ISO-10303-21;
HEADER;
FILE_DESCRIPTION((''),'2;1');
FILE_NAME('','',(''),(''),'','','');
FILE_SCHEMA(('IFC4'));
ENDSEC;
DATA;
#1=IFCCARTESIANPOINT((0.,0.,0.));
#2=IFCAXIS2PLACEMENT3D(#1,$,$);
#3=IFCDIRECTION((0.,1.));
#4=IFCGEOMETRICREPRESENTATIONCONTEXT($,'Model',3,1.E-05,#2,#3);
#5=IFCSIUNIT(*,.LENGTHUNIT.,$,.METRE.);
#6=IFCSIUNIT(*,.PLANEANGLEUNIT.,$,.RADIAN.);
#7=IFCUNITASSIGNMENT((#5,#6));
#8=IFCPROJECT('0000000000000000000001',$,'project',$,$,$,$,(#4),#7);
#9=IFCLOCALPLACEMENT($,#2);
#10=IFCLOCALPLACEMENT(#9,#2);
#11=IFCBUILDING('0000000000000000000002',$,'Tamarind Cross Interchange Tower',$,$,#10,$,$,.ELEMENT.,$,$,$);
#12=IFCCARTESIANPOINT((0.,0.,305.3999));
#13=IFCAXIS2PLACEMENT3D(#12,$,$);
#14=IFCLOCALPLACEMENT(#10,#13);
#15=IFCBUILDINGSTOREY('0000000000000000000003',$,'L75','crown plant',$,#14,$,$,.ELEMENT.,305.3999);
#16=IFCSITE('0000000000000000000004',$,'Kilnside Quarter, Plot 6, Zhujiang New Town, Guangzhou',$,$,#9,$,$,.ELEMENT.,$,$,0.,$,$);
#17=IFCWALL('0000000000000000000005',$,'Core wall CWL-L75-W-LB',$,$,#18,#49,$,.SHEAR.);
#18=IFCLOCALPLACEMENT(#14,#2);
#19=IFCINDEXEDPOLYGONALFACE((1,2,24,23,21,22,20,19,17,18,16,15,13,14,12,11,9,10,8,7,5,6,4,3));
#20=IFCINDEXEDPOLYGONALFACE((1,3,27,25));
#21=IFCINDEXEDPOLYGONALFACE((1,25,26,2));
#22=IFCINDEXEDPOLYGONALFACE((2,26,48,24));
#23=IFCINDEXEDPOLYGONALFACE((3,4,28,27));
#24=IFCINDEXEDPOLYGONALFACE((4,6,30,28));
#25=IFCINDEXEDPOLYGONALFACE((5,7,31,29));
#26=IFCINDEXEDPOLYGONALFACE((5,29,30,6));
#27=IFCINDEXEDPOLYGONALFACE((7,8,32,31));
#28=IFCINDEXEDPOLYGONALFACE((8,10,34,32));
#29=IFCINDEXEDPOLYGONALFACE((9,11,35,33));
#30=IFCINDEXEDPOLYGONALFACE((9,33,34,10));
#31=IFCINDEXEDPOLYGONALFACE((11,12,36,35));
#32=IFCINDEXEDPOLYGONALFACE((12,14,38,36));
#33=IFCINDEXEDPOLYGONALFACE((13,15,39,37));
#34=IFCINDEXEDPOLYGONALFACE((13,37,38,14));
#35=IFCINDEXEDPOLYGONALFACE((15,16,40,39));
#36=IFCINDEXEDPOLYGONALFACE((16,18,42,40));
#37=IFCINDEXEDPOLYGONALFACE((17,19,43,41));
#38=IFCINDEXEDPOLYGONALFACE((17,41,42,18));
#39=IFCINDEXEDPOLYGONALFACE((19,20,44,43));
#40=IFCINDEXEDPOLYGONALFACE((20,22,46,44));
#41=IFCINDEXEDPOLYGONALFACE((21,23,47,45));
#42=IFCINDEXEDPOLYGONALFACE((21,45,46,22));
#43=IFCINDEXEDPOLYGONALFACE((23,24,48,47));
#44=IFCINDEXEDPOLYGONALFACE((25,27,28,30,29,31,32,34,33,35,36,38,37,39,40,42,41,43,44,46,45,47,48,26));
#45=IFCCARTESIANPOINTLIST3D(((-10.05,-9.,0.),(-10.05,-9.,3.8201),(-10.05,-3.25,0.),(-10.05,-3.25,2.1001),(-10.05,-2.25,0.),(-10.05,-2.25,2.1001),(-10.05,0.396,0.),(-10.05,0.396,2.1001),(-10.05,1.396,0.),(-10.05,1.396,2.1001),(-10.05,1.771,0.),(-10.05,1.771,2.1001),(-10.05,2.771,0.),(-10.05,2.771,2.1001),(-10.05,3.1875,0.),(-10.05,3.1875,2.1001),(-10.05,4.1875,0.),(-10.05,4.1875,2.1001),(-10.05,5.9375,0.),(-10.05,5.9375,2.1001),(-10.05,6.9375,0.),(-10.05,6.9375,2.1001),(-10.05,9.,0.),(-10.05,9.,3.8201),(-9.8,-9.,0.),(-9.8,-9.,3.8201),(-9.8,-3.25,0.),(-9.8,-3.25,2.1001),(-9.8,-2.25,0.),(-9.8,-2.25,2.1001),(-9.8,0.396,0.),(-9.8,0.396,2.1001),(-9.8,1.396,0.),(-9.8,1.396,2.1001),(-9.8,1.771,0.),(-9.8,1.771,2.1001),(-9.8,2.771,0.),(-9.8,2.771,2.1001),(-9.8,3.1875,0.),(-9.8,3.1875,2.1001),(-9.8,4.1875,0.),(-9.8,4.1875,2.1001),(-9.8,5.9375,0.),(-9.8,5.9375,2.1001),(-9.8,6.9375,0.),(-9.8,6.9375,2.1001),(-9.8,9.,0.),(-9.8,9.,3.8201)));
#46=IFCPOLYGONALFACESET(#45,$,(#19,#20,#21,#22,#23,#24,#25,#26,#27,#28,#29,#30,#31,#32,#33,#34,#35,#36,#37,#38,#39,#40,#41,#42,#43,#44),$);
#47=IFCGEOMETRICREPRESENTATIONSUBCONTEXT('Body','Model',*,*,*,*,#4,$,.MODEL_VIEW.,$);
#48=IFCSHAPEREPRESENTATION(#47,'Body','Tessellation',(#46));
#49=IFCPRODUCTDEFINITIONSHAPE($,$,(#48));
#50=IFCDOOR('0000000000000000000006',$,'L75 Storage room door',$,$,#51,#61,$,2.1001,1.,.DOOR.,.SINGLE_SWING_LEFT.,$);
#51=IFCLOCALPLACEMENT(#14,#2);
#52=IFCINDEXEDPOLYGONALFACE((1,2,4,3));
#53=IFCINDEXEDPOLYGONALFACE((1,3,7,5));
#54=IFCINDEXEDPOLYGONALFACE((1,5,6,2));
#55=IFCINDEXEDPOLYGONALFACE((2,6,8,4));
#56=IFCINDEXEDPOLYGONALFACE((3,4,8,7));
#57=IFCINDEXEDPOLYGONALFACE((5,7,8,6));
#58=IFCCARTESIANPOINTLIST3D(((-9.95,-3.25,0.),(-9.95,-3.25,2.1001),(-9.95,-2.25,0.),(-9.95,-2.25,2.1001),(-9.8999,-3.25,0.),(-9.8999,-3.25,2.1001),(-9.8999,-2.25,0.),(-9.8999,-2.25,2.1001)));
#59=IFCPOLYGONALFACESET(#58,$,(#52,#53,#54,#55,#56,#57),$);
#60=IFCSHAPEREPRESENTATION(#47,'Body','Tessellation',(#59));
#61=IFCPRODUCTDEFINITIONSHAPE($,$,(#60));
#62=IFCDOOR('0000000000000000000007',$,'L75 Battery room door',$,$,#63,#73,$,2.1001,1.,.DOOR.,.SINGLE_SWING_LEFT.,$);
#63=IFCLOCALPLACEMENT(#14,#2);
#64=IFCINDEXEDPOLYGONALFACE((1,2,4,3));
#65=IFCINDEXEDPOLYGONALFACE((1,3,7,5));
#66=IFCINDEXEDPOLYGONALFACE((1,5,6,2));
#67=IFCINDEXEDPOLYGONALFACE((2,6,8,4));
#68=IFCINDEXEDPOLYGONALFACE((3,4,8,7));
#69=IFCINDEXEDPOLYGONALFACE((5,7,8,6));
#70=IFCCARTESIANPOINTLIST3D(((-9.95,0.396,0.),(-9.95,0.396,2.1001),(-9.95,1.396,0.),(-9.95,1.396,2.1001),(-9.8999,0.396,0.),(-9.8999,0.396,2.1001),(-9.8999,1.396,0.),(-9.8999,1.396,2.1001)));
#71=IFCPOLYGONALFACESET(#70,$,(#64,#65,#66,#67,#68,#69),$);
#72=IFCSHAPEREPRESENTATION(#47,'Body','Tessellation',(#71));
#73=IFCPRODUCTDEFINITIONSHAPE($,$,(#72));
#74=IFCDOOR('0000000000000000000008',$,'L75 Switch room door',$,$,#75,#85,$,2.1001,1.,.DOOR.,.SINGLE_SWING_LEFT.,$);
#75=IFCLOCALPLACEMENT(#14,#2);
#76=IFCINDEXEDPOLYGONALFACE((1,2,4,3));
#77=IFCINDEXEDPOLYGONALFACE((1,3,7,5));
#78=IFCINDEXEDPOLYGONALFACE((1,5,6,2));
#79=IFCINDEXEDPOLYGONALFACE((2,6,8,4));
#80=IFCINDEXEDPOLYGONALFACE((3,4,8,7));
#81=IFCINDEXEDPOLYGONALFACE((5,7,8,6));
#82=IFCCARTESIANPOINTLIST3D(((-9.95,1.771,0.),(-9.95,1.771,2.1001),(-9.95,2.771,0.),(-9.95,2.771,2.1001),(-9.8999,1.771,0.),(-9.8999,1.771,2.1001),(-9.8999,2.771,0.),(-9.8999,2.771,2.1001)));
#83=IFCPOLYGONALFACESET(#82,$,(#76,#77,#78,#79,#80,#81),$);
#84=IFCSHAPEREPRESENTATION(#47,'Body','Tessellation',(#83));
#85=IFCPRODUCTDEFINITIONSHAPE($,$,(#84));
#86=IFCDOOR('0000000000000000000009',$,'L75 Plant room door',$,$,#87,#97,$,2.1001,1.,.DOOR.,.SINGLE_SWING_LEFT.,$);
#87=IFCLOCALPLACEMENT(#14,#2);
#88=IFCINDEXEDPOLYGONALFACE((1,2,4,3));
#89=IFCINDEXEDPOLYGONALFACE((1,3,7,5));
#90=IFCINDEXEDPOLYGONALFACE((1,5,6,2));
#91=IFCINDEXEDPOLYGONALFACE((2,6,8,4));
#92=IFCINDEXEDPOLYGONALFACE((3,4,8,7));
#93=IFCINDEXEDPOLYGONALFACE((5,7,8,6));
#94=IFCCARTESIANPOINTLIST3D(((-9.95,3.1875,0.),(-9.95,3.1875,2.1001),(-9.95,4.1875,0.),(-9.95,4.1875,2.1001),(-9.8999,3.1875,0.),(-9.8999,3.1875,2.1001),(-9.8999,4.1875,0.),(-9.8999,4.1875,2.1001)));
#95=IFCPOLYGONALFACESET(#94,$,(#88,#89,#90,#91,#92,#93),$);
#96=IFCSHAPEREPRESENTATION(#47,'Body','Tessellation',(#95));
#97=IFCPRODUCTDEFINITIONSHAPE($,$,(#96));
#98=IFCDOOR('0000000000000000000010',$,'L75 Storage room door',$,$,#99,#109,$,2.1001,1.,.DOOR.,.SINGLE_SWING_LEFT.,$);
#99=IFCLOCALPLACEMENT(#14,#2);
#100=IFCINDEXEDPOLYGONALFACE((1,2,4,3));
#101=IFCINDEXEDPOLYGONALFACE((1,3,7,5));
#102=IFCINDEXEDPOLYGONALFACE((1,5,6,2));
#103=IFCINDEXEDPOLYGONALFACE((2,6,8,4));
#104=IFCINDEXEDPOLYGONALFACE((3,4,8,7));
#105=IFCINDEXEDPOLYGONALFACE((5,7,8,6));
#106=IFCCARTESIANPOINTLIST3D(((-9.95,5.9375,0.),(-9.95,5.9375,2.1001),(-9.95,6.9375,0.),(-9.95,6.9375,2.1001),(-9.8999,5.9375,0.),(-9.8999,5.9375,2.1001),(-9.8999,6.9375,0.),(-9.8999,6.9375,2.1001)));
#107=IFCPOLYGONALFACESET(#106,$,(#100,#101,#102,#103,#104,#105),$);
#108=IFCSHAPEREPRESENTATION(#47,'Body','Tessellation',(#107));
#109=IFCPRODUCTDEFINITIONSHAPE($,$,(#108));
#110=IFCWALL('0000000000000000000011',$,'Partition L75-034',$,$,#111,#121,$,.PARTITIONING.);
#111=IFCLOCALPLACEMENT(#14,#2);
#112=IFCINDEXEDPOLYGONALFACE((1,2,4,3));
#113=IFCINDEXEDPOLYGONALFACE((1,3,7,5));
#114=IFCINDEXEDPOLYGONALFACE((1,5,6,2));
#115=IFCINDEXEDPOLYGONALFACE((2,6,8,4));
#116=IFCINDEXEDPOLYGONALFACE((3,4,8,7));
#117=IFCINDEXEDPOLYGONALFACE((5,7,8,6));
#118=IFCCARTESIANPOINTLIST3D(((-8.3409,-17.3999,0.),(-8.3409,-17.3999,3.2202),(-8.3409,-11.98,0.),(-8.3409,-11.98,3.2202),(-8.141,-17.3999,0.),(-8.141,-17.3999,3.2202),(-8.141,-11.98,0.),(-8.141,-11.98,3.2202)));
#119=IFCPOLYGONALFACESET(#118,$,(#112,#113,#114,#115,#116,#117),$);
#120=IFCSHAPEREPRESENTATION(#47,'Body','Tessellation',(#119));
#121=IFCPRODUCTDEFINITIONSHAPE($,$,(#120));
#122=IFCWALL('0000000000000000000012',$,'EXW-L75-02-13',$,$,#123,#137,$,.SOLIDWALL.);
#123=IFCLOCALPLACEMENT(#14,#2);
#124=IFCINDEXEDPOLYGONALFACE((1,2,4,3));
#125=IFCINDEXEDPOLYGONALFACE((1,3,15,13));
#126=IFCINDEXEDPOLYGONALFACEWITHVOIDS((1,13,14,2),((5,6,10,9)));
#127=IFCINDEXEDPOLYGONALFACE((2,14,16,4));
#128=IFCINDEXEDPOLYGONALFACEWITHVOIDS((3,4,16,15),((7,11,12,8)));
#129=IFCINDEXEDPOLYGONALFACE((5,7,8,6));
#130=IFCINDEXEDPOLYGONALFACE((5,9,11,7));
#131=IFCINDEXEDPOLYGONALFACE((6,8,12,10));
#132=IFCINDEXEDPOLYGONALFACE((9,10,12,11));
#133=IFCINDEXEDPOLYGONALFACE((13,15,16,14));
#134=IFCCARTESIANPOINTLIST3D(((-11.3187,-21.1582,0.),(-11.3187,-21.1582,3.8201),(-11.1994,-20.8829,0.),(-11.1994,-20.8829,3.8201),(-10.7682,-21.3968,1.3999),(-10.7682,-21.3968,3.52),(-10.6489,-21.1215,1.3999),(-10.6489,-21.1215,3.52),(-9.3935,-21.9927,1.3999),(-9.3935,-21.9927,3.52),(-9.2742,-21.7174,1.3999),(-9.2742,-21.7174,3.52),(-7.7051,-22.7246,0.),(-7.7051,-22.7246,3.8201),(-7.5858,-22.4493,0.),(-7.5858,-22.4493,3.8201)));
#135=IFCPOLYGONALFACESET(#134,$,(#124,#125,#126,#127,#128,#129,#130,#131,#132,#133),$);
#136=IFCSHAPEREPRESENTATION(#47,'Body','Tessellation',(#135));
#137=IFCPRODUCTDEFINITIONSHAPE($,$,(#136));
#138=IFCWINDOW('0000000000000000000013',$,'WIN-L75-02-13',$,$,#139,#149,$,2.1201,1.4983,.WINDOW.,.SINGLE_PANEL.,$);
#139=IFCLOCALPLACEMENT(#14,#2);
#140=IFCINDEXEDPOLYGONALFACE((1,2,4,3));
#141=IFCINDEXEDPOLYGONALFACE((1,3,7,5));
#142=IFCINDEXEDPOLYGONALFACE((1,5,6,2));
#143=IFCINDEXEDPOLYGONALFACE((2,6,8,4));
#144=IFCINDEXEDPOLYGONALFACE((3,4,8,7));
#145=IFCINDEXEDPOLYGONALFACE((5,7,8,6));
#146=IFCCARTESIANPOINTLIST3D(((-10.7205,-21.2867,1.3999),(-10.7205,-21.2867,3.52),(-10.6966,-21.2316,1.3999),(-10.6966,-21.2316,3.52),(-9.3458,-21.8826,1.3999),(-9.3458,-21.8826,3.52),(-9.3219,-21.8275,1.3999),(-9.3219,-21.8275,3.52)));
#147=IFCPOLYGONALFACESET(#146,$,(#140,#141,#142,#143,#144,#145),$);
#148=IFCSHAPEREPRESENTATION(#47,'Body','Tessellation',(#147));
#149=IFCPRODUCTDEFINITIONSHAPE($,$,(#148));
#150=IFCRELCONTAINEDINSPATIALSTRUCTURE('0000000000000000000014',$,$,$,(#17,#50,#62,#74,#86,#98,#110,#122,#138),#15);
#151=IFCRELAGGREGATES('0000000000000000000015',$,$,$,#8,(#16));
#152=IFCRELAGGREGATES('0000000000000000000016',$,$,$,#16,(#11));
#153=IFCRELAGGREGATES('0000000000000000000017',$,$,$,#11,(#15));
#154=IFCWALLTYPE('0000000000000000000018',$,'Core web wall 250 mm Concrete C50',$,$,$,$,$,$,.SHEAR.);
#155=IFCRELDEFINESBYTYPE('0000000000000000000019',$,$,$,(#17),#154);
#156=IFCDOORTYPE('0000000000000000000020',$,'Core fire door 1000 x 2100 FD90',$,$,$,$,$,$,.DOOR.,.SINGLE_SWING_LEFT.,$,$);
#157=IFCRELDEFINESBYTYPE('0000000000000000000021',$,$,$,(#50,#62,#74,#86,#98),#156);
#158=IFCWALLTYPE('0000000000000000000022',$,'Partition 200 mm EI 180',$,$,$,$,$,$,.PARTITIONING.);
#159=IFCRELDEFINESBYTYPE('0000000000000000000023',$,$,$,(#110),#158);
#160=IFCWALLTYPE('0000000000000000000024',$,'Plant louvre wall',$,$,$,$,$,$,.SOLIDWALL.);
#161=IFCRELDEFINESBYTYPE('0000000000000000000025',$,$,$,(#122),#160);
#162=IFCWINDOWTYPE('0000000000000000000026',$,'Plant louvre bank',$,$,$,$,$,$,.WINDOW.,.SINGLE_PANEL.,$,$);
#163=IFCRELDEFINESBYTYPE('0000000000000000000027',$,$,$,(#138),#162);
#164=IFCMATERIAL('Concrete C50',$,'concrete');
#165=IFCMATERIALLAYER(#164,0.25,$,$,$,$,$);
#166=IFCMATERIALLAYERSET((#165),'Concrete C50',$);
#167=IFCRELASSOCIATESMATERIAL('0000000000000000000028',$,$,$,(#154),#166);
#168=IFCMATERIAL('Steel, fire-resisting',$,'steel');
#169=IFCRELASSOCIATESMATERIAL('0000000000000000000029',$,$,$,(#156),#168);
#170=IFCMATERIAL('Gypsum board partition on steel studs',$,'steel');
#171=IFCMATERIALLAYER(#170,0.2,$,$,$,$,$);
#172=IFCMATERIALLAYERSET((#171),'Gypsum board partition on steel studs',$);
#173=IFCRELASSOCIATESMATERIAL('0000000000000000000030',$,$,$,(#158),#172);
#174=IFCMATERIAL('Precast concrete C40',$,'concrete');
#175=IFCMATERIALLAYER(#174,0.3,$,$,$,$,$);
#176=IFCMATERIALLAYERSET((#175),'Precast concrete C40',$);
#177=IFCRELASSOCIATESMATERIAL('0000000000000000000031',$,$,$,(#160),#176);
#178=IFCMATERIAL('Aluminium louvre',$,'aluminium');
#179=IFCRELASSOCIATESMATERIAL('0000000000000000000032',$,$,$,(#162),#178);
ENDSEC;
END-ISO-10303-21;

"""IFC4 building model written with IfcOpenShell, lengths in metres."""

from ifc_helpers import new_model, si_unit, direction, frame, frame_2d, origin, place, context, subcontext, project, spatial, rectangle, extrude, material, layer, layer_set, type_object, element, fill, save


model = new_model("IFC4")

# Units and contexts
model_context = context("Model", 3, precision=1e-05, world=origin(), true_north=direction((0.0, 1.0)))
body_context = subcontext(model_context, "Body", "Model", "MODEL_VIEW")
ifc_project = project(units=[si_unit("LENGTHUNIT", "METRE"), si_unit("PLANEANGLEUNIT", "RADIAN")], contexts=[model_context])

# Site, building, storey
site_placement = place(None, origin())
site = spatial("IfcSite", under=ifc_project, at=site_placement, Name="Kilnside Quarter, Plot 6, Zhujiang New Town, Guangzhou", CompositionType="ELEMENT", RefElevation=0.0)
building_placement = place(site_placement, origin())
building = spatial("IfcBuilding", under=site, at=building_placement, Name="Tamarind Cross Interchange Tower", CompositionType="ELEMENT")
storey_placement = place(building_placement, frame((0.0, 0.0, 305.3999)))
storey = spatial("IfcBuildingStorey", under=building, at=storey_placement, Name="L75", Description="crown plant", CompositionType="ELEMENT", Elevation=305.3999)

# Wall, openings, doors
ifc_material_1 = material(Name="Concrete C50", Category="concrete")
ifc_layer_1 = layer(ifc_material_1, 0.25)
ifc_layer_set_1 = layer_set([ifc_layer_1], Name="Concrete C50")
wall_type_1 = type_object("IfcWallType", Name="Core web wall 250 mm Concrete C50", PredefinedType="SHEAR", material=ifc_layer_set_1)
wall_1_placement = place(storey_placement, frame((-9.925, -9.0, 0.0), z_axis=(0.0, 0.0, 1.0), x_axis=(0.0, 1.0, 0.0)))
wall_1 = element("IfcWall", 1, at=wall_1_placement, inside=storey, type_object=wall_type_1, Name="Core wall CWL-L75-W-LB", PredefinedType="SHEAR", context=body_context, shape_type="SweptSolid", body=[
    extrude(rectangle(XDim=18.0, YDim=0.25, at=frame_2d((9.0, 0.0))), origin(), (0.0, 0.0, 1.0), 3.8201),
])
opening_1_placement = place(wall_1_placement, frame((5.75, 0.0, 0.0)))
opening_1 = element("IfcOpeningElement", 2, at=opening_1_placement, cuts=wall_1, PredefinedType="OPENING", context=body_context, shape_type="SweptSolid", body=[
    extrude(rectangle(XDim=1.0, YDim=2.1001, at=frame_2d((0.5, 1.05))), frame((0.0, 0.135, 0.0), z_axis=(0.0, -1.0, 0.0), x_axis=(1.0, 0.0, 0.0)), (0.0, 0.0, 1.0), 0.27),
])
opening_2_placement = place(wall_1_placement, frame((9.396, 0.0, 0.0)))
opening_2 = element("IfcOpeningElement", 3, at=opening_2_placement, cuts=wall_1, PredefinedType="OPENING", context=body_context, shape_type="SweptSolid", body=[
    extrude(rectangle(XDim=1.0, YDim=2.1001, at=frame_2d((0.5, 1.05))), frame((0.0, 0.135, 0.0), z_axis=(0.0, -1.0, 0.0), x_axis=(1.0, 0.0, 0.0)), (0.0, 0.0, 1.0), 0.27),
])
opening_3_placement = place(wall_1_placement, frame((10.771, 0.0, 0.0)))
opening_3 = element("IfcOpeningElement", 4, at=opening_3_placement, cuts=wall_1, PredefinedType="OPENING", context=body_context, shape_type="SweptSolid", body=[
    extrude(rectangle(XDim=1.0, YDim=2.1001, at=frame_2d((0.5, 1.05))), frame((0.0, 0.135, 0.0), z_axis=(0.0, -1.0, 0.0), x_axis=(1.0, 0.0, 0.0)), (0.0, 0.0, 1.0), 0.27),
])
opening_4_placement = place(wall_1_placement, frame((12.1875, 0.0, 0.0)))
opening_4 = element("IfcOpeningElement", 5, at=opening_4_placement, cuts=wall_1, PredefinedType="OPENING", context=body_context, shape_type="SweptSolid", body=[
    extrude(rectangle(XDim=1.0, YDim=2.1001, at=frame_2d((0.5, 1.05))), frame((0.0, 0.135, 0.0), z_axis=(0.0, -1.0, 0.0), x_axis=(1.0, 0.0, 0.0)), (0.0, 0.0, 1.0), 0.27),
])
opening_5_placement = place(wall_1_placement, frame((14.9375, 0.0, 0.0)))
opening_5 = element("IfcOpeningElement", 6, at=opening_5_placement, cuts=wall_1, PredefinedType="OPENING", context=body_context, shape_type="SweptSolid", body=[
    extrude(rectangle(XDim=1.0, YDim=2.1001, at=frame_2d((0.5, 1.05))), frame((0.0, 0.135, 0.0), z_axis=(0.0, -1.0, 0.0), x_axis=(1.0, 0.0, 0.0)), (0.0, 0.0, 1.0), 0.27),
])
ifc_material_2 = material(Name="Steel, fire-resisting", Category="steel")
door_type = type_object("IfcDoorType", Name="Core fire door 1000 x 2100 FD90", OperationType="SINGLE_SWING_LEFT", PredefinedType="DOOR", material=ifc_material_2)
door_1_placement = place(opening_1_placement, origin())
door_1 = element("IfcDoor", 7, at=door_1_placement, inside=storey, type_object=door_type, Name="L75 Storage room door", OperationType="SINGLE_SWING_LEFT", OverallHeight=2.1001, OverallWidth=1.0, PredefinedType="DOOR", context=body_context, shape_type="SweptSolid", body=[
    extrude(rectangle(XDim=1.0, YDim=2.1001, at=frame_2d((0.5, 1.05))), frame((0.0, 0.0249, 0.0), z_axis=(0.0, -1.0, 0.0), x_axis=(1.0, 0.0, 0.0)), (0.0, 0.0, 1.0), 0.05),
])
fill(opening_1, door_1)
door_2_placement = place(opening_2_placement, origin())
door_2 = element("IfcDoor", 8, at=door_2_placement, inside=storey, type_object=door_type, Name="L75 Battery room door", OperationType="SINGLE_SWING_LEFT", OverallHeight=2.1001, OverallWidth=1.0, PredefinedType="DOOR", context=body_context, shape_type="SweptSolid", body=[
    extrude(rectangle(XDim=1.0, YDim=2.1001, at=frame_2d((0.5, 1.05))), frame((0.0, 0.0249, 0.0), z_axis=(0.0, -1.0, 0.0), x_axis=(1.0, 0.0, 0.0)), (0.0, 0.0, 1.0), 0.05),
])
fill(opening_2, door_2)
door_3_placement = place(opening_3_placement, origin())
door_3 = element("IfcDoor", 9, at=door_3_placement, inside=storey, type_object=door_type, Name="L75 Switch room door", OperationType="SINGLE_SWING_LEFT", OverallHeight=2.1001, OverallWidth=1.0, PredefinedType="DOOR", context=body_context, shape_type="SweptSolid", body=[
    extrude(rectangle(XDim=1.0, YDim=2.1001, at=frame_2d((0.5, 1.05))), frame((0.0, 0.0249, 0.0), z_axis=(0.0, -1.0, 0.0), x_axis=(1.0, 0.0, 0.0)), (0.0, 0.0, 1.0), 0.05),
])
fill(opening_3, door_3)
door_4_placement = place(opening_4_placement, origin())
door_4 = element("IfcDoor", 10, at=door_4_placement, inside=storey, type_object=door_type, Name="L75 Plant room door", OperationType="SINGLE_SWING_LEFT", OverallHeight=2.1001, OverallWidth=1.0, PredefinedType="DOOR", context=body_context, shape_type="SweptSolid", body=[
    extrude(rectangle(XDim=1.0, YDim=2.1001, at=frame_2d((0.5, 1.05))), frame((0.0, 0.0249, 0.0), z_axis=(0.0, -1.0, 0.0), x_axis=(1.0, 0.0, 0.0)), (0.0, 0.0, 1.0), 0.05),
])
fill(opening_4, door_4)
door_5_placement = place(opening_5_placement, origin())
door_5 = element("IfcDoor", 11, at=door_5_placement, inside=storey, type_object=door_type, Name="L75 Storage room door", OperationType="SINGLE_SWING_LEFT", OverallHeight=2.1001, OverallWidth=1.0, PredefinedType="DOOR", context=body_context, shape_type="SweptSolid", body=[
    extrude(rectangle(XDim=1.0, YDim=2.1001, at=frame_2d((0.5, 1.05))), frame((0.0, 0.0249, 0.0), z_axis=(0.0, -1.0, 0.0), x_axis=(1.0, 0.0, 0.0)), (0.0, 0.0, 1.0), 0.05),
])
fill(opening_5, door_5)

# Wall
ifc_material_3 = material(Name="Gypsum board partition on steel studs", Category="steel")
ifc_layer_2 = layer(ifc_material_3, 0.2)
ifc_layer_set_2 = layer_set([ifc_layer_2], Name="Gypsum board partition on steel studs")
wall_type_2 = type_object("IfcWallType", Name="Partition 200 mm EI 180", PredefinedType="PARTITIONING", material=ifc_layer_set_2)
wall_2_placement = place(storey_placement, frame((-8.241, -17.3999, 0.0), z_axis=(0.0, 0.0, 1.0), x_axis=(0.0, 1.0, 0.0)))
element("IfcWall", 12, at=wall_2_placement, inside=storey, type_object=wall_type_2, Name="Partition L75-034", PredefinedType="PARTITIONING", context=body_context, shape_type="SweptSolid", body=[
    extrude(rectangle(XDim=5.4199, YDim=0.2, at=frame_2d((2.71, 0.0))), origin(), (0.0, 0.0, 1.0), 3.2202),
])

# Wall, opening, window
ifc_material_4 = material(Name="Precast concrete C40", Category="concrete")
ifc_layer_3 = layer(ifc_material_4, 0.3)
ifc_layer_set_3 = layer_set([ifc_layer_3], Name="Precast concrete C40")
wall_type_3 = type_object("IfcWallType", Name="Plant louvre wall", PredefinedType="SOLIDWALL", material=ifc_layer_set_3)
wall_3_placement = place(storey_placement, frame((-11.259, -21.0205, 0.0), z_axis=(0.0, 0.0, 1.0), x_axis=(0.917505, -0.397724, 0.0)))
wall_3 = element("IfcWall", 13, at=wall_3_placement, inside=storey, type_object=wall_type_3, Name="EXW-L75-02-13", PredefinedType="SOLIDWALL", context=body_context, shape_type="SweptSolid", body=[
    extrude(rectangle(XDim=3.9385, YDim=0.3, at=frame_2d((1.9692, 0.0))), origin(), (0.0, 0.0, 1.0), 3.8201),
])
opening_6_placement = place(wall_3_placement, frame((0.6001, 0.0, 1.3999)))
opening_6 = element("IfcOpeningElement", 14, at=opening_6_placement, cuts=wall_3, PredefinedType="OPENING", context=body_context, shape_type="SweptSolid", body=[
    extrude(rectangle(XDim=1.4983, YDim=2.1201, at=frame_2d((0.749, 1.0601))), frame((0.0, 0.1599, 0.0), z_axis=(0.0, -1.0, 0.0), x_axis=(1.0, 0.0, 0.0)), (0.0, 0.0, 1.0), 0.3201),
])
ifc_material_5 = material(Name="Aluminium louvre", Category="aluminium")
window_type = type_object("IfcWindowType", Name="Plant louvre bank", PartitioningType="SINGLE_PANEL", PredefinedType="WINDOW", material=ifc_material_5)
window_1_placement = place(opening_6_placement, origin())
window_1 = element("IfcWindow", 15, at=window_1_placement, inside=storey, type_object=window_type, Name="WIN-L75-02-13", OverallHeight=2.1201, OverallWidth=1.4983, PartitioningType="SINGLE_PANEL", PredefinedType="WINDOW", context=body_context, shape_type="SweptSolid", body=[
    extrude(rectangle(XDim=1.4983, YDim=2.1201, at=frame_2d((0.749, 1.0601))), frame((0.0, 0.03, 0.0), z_axis=(0.0, -1.0, 0.0), x_axis=(1.0, 0.0, 0.0)), (0.0, 0.0, 1.0), 0.0601),
])
fill(opening_6, window_1)

save(model, "model.ifc")
